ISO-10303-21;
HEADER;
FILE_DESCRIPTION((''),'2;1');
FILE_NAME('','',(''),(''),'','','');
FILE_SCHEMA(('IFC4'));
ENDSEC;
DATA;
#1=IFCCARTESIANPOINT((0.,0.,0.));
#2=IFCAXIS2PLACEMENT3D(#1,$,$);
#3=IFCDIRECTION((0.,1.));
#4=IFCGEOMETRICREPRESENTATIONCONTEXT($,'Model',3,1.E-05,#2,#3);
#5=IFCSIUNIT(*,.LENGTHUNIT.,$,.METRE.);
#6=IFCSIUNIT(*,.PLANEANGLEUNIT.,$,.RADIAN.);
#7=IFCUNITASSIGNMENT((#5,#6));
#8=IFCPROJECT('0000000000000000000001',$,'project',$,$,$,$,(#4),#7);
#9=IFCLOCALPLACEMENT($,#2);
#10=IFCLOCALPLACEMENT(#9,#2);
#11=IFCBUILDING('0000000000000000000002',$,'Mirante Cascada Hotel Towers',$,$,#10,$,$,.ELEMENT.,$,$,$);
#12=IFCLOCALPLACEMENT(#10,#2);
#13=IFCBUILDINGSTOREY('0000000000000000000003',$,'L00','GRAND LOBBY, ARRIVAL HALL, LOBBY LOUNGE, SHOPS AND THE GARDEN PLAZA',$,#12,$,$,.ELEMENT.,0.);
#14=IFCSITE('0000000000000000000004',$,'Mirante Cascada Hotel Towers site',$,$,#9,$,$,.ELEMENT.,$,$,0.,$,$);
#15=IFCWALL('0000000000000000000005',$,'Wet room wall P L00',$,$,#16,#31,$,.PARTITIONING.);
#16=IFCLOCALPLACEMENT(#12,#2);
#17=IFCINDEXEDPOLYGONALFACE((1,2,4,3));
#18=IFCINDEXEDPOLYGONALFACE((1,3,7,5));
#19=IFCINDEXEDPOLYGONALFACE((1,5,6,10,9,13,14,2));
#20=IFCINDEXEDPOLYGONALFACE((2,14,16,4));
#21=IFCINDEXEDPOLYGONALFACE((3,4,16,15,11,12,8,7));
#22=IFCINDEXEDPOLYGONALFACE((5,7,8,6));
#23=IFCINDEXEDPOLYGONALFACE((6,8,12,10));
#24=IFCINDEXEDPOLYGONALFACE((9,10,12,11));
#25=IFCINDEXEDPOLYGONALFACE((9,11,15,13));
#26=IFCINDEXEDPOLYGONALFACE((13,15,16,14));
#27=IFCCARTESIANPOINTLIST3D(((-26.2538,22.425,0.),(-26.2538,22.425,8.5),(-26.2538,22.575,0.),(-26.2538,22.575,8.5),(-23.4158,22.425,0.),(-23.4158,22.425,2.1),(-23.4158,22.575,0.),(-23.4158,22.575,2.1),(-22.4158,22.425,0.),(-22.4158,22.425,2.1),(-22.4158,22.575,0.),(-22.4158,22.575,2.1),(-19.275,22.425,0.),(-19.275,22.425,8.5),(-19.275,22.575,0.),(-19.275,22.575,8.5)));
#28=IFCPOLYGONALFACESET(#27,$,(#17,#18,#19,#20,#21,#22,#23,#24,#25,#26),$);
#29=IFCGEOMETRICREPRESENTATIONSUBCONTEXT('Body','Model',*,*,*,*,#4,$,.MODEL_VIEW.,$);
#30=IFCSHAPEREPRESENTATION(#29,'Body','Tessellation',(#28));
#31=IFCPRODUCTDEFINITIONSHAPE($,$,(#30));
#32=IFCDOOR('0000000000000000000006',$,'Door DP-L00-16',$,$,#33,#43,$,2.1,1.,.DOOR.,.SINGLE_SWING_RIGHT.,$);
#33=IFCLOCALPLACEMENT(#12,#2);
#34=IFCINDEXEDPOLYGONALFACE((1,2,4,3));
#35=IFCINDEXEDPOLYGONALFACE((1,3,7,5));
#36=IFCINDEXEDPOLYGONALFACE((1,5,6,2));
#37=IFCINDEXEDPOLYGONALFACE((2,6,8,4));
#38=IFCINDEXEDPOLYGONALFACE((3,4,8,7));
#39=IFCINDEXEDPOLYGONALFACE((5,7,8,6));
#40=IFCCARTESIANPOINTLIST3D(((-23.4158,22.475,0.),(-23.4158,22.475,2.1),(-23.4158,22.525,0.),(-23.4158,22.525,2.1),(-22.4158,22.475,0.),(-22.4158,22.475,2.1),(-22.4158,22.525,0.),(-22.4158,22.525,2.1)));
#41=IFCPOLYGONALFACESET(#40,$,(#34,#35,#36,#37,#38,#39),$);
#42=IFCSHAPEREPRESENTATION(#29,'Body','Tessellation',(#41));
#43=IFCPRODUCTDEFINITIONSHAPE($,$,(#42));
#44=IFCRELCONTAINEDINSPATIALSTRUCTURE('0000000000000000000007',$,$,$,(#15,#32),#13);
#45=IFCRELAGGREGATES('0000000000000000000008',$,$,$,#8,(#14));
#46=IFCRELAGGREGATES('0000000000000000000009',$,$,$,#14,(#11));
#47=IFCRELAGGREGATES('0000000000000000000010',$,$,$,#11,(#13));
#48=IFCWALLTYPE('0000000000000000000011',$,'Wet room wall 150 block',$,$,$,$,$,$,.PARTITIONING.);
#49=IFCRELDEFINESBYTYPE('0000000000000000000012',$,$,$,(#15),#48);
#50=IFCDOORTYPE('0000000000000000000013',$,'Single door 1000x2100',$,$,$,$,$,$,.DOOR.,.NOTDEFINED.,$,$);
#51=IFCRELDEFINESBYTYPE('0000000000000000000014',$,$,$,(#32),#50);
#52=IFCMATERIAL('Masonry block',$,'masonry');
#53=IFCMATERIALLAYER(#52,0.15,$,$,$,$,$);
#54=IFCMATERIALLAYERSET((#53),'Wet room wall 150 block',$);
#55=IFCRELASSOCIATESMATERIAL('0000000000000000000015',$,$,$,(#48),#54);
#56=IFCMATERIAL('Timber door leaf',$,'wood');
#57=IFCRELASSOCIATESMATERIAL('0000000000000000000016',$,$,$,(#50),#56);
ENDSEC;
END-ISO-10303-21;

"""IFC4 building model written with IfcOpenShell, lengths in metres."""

from ifc_helpers import new_model, si_unit, direction, frame, frame_2d, origin, place, context, subcontext, project, spatial, rectangle, extrude, material, layer, layer_set, type_object, element, fill, save


model = new_model("IFC4")

# Units and contexts
model_context = context("Model", 3, precision=1e-05, world=origin(), true_north=direction((0.0, 1.0)))
body_context = subcontext(model_context, "Body", "Model", "MODEL_VIEW")
ifc_project = project(units=[si_unit("LENGTHUNIT", "METRE"), si_unit("PLANEANGLEUNIT", "RADIAN")], contexts=[model_context])

# Site, building, storey
site_placement = place(None, origin())
site = spatial("IfcSite", under=ifc_project, at=site_placement, Name="Mirante Cascada Hotel Towers site", CompositionType="ELEMENT", RefElevation=0.0)
building_placement = place(site_placement, origin())
building = spatial("IfcBuilding", under=site, at=building_placement, Name="Mirante Cascada Hotel Towers", CompositionType="ELEMENT")
storey_placement = place(building_placement, origin())
storey = spatial("IfcBuildingStorey", under=building, at=storey_placement, Name="L00", Description="GRAND LOBBY, ARRIVAL HALL, LOBBY LOUNGE, SHOPS AND THE GARDEN PLAZA", CompositionType="ELEMENT", Elevation=0.0)

# Wall, opening, door
ifc_material_1 = material(Name="Masonry block", Category="masonry")
ifc_layer_1 = layer(ifc_material_1, 0.15)
ifc_layer_set_1 = layer_set([ifc_layer_1], Name="Wet room wall 150 block")
wall_type_1 = type_object("IfcWallType", Name="Wet room wall 150 block", PredefinedType="PARTITIONING", material=ifc_layer_set_1)
wall_1_placement = place(storey_placement, frame((-26.2538, 22.5, 0.0), z_axis=(0.0, 0.0, 1.0), x_axis=(1.0, 0.0, 0.0)))
wall_1 = element("IfcWall", 1, at=wall_1_placement, inside=storey, type_object=wall_type_1, Name="Wet room wall P L00", PredefinedType="PARTITIONING", context=body_context, shape_type="SweptSolid", body=[
    extrude(rectangle(XDim=6.9788, YDim=0.15, at=frame_2d((3.4894, 0.0))), origin(), (0.0, 0.0, 1.0), 8.5),
])
opening_1_placement = place(wall_1_placement, frame((2.838, 0.0, 0.0)))
opening_1 = element("IfcOpeningElement", 2, at=opening_1_placement, cuts=wall_1, PredefinedType="OPENING", context=body_context, shape_type="SweptSolid", body=[
    extrude(rectangle(XDim=1.0, YDim=2.1, at=frame_2d((0.5, 1.05))), frame((0.0, 0.075, 0.0), z_axis=(0.0, -1.0, 0.0), x_axis=(1.0, 0.0, 0.0)), (0.0, 0.0, 1.0), 0.15),
])
ifc_material_2 = material(Name="Timber door leaf", Category="wood")
door_type_1 = type_object("IfcDoorType", Name="Single door 1000x2100", OperationType="NOTDEFINED", PredefinedType="DOOR", material=ifc_material_2)
door_1_placement = place(opening_1_placement, origin())
door_1 = element("IfcDoor", 3, at=door_1_placement, inside=storey, type_object=door_type_1, Name="Door DP-L00-16", OperationType="SINGLE_SWING_RIGHT", OverallHeight=2.1, OverallWidth=1.0, PredefinedType="DOOR", context=body_context, shape_type="SweptSolid", body=[
    extrude(rectangle(XDim=1.0, YDim=2.1, at=frame_2d((0.5, 1.05))), frame((0.0, 0.025, 0.0), z_axis=(0.0, -1.0, 0.0), x_axis=(1.0, 0.0, 0.0)), (0.0, 0.0, 1.0), 0.05),
])
fill(opening_1, door_1)

save(model, "model.ifc")
